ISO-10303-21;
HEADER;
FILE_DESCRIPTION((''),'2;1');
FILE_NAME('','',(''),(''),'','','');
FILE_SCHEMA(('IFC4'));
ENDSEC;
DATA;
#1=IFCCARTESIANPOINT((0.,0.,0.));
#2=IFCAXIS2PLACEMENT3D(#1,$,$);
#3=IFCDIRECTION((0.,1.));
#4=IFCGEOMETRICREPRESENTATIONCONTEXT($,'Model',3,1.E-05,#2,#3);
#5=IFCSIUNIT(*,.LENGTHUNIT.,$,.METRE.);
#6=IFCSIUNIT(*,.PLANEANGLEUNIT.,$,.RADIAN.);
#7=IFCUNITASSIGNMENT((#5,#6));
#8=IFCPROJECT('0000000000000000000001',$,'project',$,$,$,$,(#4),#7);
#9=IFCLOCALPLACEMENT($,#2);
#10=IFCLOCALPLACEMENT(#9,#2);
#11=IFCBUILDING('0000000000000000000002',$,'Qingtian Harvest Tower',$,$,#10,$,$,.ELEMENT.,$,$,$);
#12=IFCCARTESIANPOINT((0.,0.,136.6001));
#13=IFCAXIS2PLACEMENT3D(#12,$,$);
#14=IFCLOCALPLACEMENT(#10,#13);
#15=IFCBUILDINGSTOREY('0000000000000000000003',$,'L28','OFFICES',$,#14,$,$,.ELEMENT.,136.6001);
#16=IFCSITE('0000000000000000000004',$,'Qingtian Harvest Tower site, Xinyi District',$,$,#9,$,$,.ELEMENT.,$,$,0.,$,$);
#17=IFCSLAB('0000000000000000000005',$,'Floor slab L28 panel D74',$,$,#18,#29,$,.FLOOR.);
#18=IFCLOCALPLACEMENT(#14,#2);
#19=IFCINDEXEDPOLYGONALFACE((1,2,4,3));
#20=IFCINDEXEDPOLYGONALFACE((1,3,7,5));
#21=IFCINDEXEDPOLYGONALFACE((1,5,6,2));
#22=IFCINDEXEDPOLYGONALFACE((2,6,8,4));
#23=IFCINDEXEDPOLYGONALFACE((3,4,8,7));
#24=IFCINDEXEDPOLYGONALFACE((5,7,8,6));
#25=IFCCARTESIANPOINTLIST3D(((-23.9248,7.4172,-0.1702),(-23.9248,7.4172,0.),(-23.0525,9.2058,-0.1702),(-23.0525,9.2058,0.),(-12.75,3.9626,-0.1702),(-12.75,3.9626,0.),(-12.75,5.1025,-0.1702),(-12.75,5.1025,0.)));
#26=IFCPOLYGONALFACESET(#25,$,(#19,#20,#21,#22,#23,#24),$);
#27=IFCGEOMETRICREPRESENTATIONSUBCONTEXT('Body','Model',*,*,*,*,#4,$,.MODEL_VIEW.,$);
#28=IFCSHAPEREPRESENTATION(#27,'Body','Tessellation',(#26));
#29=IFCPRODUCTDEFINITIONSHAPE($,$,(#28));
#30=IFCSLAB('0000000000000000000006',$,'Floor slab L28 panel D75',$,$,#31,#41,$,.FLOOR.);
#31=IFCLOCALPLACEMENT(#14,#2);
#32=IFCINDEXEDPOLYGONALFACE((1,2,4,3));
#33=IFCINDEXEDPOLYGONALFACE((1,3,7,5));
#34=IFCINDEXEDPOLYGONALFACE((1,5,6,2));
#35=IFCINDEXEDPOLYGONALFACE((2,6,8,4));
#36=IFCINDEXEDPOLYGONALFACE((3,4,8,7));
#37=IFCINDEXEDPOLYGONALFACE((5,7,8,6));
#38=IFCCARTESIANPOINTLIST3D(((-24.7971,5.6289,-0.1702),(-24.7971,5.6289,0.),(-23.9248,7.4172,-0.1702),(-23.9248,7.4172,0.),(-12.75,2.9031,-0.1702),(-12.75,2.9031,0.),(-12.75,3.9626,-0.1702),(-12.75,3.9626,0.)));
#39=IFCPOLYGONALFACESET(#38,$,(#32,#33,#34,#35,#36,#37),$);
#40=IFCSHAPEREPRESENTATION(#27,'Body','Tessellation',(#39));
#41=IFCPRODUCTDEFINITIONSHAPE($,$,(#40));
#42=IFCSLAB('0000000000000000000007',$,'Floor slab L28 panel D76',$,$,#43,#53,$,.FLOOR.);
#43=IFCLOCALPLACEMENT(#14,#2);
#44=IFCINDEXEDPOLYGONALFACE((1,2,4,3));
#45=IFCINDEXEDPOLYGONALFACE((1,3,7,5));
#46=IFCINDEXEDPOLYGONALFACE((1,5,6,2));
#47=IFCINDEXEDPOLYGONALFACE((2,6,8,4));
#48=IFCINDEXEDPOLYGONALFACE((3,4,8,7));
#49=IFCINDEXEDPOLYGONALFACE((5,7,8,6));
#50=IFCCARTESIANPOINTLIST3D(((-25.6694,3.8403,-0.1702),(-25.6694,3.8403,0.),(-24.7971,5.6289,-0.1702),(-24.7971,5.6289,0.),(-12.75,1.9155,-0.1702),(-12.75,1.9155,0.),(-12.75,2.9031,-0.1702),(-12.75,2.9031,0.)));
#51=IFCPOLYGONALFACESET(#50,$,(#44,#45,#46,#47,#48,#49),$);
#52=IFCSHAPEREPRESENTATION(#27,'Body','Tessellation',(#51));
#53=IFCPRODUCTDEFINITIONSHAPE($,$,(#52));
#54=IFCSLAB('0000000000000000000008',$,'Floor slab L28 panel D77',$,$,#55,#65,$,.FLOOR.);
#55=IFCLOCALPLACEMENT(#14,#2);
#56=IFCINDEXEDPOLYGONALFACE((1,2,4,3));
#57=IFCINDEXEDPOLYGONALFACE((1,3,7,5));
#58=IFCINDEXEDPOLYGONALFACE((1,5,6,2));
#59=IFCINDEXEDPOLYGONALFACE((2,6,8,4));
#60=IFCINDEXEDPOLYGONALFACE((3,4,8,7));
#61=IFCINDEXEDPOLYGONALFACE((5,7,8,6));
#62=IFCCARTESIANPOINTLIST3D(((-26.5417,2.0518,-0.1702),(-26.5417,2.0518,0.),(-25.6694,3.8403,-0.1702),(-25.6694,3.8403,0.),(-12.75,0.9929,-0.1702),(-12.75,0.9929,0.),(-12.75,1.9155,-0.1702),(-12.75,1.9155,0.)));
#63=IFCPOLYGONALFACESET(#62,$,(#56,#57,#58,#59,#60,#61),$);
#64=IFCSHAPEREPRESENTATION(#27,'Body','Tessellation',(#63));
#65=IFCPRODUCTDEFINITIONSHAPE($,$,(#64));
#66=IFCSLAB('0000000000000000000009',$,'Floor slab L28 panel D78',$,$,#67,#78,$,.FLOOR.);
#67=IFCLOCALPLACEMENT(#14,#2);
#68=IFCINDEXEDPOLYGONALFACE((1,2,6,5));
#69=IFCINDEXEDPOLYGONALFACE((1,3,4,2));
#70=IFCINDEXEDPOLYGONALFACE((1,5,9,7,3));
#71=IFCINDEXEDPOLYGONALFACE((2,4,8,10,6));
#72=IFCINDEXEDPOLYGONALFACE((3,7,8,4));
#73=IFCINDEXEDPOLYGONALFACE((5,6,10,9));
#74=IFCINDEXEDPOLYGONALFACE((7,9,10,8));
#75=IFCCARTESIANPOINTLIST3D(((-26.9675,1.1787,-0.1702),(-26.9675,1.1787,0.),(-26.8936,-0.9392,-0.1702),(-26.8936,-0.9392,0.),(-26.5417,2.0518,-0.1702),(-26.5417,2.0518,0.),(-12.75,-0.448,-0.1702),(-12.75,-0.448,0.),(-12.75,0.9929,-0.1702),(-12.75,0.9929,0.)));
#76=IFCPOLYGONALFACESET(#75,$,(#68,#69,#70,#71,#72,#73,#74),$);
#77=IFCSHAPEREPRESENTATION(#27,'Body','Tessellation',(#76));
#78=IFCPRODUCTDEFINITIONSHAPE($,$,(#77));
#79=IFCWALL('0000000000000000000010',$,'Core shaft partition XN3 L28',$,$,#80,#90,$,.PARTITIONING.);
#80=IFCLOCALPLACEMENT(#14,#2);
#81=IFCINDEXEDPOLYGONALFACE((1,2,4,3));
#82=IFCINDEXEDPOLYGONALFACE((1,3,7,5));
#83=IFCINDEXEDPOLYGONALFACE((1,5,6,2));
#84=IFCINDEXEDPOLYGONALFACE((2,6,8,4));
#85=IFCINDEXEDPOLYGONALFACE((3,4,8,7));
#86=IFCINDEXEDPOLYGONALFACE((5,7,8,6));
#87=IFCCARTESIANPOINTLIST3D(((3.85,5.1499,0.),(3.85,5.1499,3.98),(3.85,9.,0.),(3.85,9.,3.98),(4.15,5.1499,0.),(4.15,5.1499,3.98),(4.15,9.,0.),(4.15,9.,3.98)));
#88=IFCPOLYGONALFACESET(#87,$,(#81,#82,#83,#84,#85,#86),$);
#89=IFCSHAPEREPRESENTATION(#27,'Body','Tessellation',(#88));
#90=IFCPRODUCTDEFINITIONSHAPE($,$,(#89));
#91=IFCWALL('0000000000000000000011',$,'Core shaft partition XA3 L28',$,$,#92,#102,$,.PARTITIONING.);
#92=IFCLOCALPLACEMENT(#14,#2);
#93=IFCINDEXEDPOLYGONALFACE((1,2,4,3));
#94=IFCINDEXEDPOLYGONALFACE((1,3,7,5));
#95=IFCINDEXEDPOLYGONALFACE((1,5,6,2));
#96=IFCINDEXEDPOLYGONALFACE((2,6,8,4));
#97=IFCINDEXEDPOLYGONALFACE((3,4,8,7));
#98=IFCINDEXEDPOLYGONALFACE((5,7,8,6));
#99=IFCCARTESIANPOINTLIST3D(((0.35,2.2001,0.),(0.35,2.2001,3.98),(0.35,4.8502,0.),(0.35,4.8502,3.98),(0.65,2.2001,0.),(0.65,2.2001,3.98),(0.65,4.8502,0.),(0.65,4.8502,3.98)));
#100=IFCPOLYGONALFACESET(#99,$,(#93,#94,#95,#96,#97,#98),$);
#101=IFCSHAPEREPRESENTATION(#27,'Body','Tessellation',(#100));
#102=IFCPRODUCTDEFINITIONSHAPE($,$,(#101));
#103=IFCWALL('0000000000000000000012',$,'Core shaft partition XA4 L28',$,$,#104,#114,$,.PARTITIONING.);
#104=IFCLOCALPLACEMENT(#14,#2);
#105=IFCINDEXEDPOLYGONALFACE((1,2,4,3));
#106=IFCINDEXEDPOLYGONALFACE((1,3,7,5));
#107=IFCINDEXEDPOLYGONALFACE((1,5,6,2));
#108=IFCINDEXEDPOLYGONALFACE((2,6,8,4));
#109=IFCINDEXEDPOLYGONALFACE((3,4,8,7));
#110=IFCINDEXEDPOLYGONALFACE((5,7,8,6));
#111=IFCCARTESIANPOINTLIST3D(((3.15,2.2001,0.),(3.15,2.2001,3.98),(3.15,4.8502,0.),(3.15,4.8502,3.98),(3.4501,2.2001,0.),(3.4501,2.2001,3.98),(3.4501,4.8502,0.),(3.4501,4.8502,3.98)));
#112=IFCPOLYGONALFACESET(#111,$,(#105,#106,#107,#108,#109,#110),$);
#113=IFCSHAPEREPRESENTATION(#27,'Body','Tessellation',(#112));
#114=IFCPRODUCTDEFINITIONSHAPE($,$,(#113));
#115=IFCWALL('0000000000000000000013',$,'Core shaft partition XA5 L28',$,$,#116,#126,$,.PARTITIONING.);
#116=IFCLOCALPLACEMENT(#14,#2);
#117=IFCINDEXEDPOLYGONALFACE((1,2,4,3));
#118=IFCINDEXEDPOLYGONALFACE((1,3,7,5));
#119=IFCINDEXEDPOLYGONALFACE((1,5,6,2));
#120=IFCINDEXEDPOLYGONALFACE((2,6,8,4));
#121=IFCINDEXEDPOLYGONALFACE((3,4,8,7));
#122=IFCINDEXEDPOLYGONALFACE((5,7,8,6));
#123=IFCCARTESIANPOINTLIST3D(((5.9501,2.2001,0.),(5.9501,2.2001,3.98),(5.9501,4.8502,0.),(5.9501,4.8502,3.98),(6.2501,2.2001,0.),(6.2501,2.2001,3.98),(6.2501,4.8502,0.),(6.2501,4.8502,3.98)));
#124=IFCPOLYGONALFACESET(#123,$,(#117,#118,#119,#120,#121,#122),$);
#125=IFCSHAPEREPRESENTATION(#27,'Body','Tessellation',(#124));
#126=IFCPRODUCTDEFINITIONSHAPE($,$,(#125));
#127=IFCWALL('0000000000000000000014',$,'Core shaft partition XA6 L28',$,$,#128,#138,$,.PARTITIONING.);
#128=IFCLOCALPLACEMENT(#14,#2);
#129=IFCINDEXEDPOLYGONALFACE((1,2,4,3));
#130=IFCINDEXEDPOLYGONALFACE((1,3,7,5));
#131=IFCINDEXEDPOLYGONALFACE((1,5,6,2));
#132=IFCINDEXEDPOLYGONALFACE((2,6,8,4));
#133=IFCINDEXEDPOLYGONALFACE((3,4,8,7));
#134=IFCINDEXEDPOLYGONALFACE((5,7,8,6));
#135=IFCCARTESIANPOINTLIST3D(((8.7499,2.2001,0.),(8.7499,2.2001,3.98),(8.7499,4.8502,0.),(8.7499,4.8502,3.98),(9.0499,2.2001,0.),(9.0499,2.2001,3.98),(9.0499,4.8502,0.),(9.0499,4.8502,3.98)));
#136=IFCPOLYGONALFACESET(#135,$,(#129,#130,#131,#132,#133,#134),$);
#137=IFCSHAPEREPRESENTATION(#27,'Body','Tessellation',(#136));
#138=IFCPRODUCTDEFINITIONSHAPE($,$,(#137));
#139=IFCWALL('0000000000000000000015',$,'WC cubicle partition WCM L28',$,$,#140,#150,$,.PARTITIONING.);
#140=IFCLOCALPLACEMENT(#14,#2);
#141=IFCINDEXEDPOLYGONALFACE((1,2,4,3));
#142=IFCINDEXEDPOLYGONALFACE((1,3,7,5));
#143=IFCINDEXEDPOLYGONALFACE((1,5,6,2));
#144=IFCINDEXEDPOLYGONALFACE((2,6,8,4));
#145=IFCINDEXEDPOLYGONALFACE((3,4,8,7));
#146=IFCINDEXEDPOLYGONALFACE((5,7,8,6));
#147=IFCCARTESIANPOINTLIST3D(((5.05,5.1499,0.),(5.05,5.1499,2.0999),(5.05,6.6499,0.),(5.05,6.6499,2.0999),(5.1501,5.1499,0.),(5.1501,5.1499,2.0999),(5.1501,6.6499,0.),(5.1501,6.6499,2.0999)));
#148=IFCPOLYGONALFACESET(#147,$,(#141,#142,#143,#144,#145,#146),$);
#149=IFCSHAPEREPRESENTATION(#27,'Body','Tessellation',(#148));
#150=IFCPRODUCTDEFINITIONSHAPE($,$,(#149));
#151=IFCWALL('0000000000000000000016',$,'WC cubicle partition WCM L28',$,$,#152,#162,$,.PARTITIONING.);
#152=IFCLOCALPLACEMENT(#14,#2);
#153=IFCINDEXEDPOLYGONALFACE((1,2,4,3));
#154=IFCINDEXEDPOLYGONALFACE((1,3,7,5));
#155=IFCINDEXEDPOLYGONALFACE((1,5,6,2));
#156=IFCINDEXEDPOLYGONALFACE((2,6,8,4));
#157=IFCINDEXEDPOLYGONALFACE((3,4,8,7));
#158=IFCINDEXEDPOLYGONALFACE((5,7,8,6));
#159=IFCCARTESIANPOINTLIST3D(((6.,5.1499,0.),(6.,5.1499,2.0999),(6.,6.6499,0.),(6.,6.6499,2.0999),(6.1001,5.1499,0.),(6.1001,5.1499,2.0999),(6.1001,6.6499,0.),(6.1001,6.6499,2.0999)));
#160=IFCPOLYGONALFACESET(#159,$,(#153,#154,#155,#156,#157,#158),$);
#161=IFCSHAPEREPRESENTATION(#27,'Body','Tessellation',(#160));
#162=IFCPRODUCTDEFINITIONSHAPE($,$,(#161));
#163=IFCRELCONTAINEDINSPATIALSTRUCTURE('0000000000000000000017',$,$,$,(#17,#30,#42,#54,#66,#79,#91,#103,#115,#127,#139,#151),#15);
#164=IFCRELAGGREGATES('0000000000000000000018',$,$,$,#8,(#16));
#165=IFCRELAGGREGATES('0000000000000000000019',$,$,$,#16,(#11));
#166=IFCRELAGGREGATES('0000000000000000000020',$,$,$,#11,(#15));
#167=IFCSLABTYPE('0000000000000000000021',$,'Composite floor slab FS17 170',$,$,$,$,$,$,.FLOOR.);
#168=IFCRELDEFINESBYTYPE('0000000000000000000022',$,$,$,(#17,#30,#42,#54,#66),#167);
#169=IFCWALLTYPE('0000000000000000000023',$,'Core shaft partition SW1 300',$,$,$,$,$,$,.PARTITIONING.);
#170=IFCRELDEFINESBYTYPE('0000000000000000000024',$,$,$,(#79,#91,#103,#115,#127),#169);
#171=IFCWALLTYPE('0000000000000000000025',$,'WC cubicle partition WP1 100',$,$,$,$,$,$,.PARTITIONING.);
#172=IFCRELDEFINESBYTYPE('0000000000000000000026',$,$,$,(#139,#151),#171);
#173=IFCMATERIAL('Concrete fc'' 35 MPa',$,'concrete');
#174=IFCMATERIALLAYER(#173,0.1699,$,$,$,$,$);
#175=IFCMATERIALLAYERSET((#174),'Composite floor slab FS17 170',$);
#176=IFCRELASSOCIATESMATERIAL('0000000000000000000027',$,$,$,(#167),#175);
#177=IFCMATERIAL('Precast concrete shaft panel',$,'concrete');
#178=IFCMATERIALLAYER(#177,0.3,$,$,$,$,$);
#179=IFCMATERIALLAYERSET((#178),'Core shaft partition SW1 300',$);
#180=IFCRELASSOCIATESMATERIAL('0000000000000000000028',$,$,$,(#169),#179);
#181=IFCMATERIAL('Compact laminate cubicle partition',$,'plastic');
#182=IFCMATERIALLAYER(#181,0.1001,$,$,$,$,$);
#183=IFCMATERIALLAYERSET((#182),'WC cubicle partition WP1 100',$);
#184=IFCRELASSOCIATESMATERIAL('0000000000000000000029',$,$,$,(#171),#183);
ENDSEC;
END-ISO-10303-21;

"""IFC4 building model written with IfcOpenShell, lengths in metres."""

from ifc_helpers import new_model, si_unit, direction, frame, frame_2d, origin, place, context, subcontext, project, spatial, polyline, rectangle, outline, extrude, material, layer, layer_set, type_object, element, save


model = new_model("IFC4")

# Units and contexts
model_context = context("Model", 3, precision=1e-05, world=origin(), true_north=direction((0.0, 1.0)))
body_context = subcontext(model_context, "Body", "Model", "MODEL_VIEW")
ifc_project = project(units=[si_unit("LENGTHUNIT", "METRE"), si_unit("PLANEANGLEUNIT", "RADIAN")], contexts=[model_context])

# Site, building, storey
site_placement = place(None, origin())
site = spatial("IfcSite", under=ifc_project, at=site_placement, Name="Qingtian Harvest Tower site, Xinyi District", CompositionType="ELEMENT", RefElevation=0.0)
building_placement = place(site_placement, origin())
building = spatial("IfcBuilding", under=site, at=building_placement, Name="Qingtian Harvest Tower", CompositionType="ELEMENT")
storey_placement = place(building_placement, frame((0.0, 0.0, 136.6001)))
storey = spatial("IfcBuildingStorey", under=building, at=storey_placement, Name="L28", Description="OFFICES", CompositionType="ELEMENT", Elevation=136.6001)

# Slabs
ifc_material_1 = material(Name="Concrete fc' 35 MPa", Category="concrete")
ifc_layer_1 = layer(ifc_material_1, 0.1699)
ifc_layer_set_1 = layer_set([ifc_layer_1], Name="Composite floor slab FS17 170")
slab_type = type_object("IfcSlabType", Name="Composite floor slab FS17 170", PredefinedType="FLOOR", material=ifc_layer_set_1)
slab_1_placement = place(storey_placement, frame((0.0, 0.0, -0.1702)))
element("IfcSlab", 1, at=slab_1_placement, inside=storey, type_object=slab_type, Name="Floor slab L28 panel D74", PredefinedType="FLOOR", context=body_context, shape_type="SweptSolid", body=[
    extrude(outline(polyline([(-12.75, 3.9626), (-23.9248, 7.4172), (-23.0525, 9.2058), (-12.75, 5.1025), (-12.75, 3.9626)])), origin(), (0.0, 0.0, 1.0), 0.1702),
])
slab_2_placement = place(storey_placement, frame((0.0, 0.0, -0.1702)))
element("IfcSlab", 2, at=slab_2_placement, inside=storey, type_object=slab_type, Name="Floor slab L28 panel D75", PredefinedType="FLOOR", context=body_context, shape_type="SweptSolid", body=[
    extrude(outline(polyline([(-12.75, 2.9031), (-24.7971, 5.6289), (-23.9248, 7.4172), (-12.75, 3.9626), (-12.75, 2.9031)])), origin(), (0.0, 0.0, 1.0), 0.1702),
])
slab_3_placement = place(storey_placement, frame((0.0, 0.0, -0.1702)))
element("IfcSlab", 3, at=slab_3_placement, inside=storey, type_object=slab_type, Name="Floor slab L28 panel D76", PredefinedType="FLOOR", context=body_context, shape_type="SweptSolid", body=[
    extrude(outline(polyline([(-12.75, 1.9155), (-25.6694, 3.8403), (-24.7971, 5.6289), (-12.75, 2.9031), (-12.75, 1.9155)])), origin(), (0.0, 0.0, 1.0), 0.1702),
])
slab_4_placement = place(storey_placement, frame((0.0, 0.0, -0.1702)))
element("IfcSlab", 4, at=slab_4_placement, inside=storey, type_object=slab_type, Name="Floor slab L28 panel D77", PredefinedType="FLOOR", context=body_context, shape_type="SweptSolid", body=[
    extrude(outline(polyline([(-12.75, 0.9929), (-26.5417, 2.0518), (-25.6694, 3.8403), (-12.75, 1.9155), (-12.75, 0.9929)])), origin(), (0.0, 0.0, 1.0), 0.1702),
])
slab_5_placement = place(storey_placement, frame((0.0, 0.0, -0.1702)))
element("IfcSlab", 5, at=slab_5_placement, inside=storey, type_object=slab_type, Name="Floor slab L28 panel D78", PredefinedType="FLOOR", context=body_context, shape_type="SweptSolid", body=[
    extrude(outline(polyline([(-12.75, 0.9929), (-12.75, -0.448), (-26.8936, -0.9392), (-26.9675, 1.1787), (-26.5417, 2.0518), (-12.75, 0.9929)])), origin(), (0.0, 0.0, 1.0), 0.1702),
])

# Shared definitions
ifc_material_2 = material(Name="Precast concrete shaft panel", Category="concrete")
ifc_layer_2 = layer(ifc_material_2, 0.3)
ifc_layer_set_2 = layer_set([ifc_layer_2], Name="Core shaft partition SW1 300")
wall_type_1 = type_object("IfcWallType", Name="Core shaft partition SW1 300", PredefinedType="PARTITIONING", material=ifc_layer_set_2)

# Walls
wall_1_placement = place(storey_placement, frame((4.0, 5.1499, 0.0), z_axis=(0.0, 0.0, 1.0), x_axis=(0.0, 1.0, 0.0)))
element("IfcWall", 6, at=wall_1_placement, inside=storey, type_object=wall_type_1, Name="Core shaft partition XN3 L28", PredefinedType="PARTITIONING", context=body_context, shape_type="SweptSolid", body=[
    extrude(rectangle(XDim=3.8501, YDim=0.3, at=frame_2d((1.925, 0.0))), origin(), (0.0, 0.0, 1.0), 3.98),
])
for number, where, z_axis, x_axis, name in (
    (7, (0.5, 2.2, 0.0), (0.0, 0.0, 1.0), (0.0, 1.0, 0.0), "Core shaft partition XA3 L28"),
    (8, (3.3, 2.2, 0.0), (0.0, 0.0, 1.0), (0.0, 1.0, 0.0), "Core shaft partition XA4 L28"),
    (9, (6.1001, 2.2, 0.0), (0.0, 0.0, 1.0), (0.0, 1.0, 0.0), "Core shaft partition XA5 L28"),
    (10, (8.8999, 2.2, 0.0), (0.0, 0.0, 1.0), (0.0, 1.0, 0.0), "Core shaft partition XA6 L28"),
):
    element("IfcWall", number, at=place(storey_placement, frame(where, z_axis=z_axis, x_axis=x_axis)), inside=storey, type_object=wall_type_1, Name=name, PredefinedType="PARTITIONING", context=body_context, shape_type="SweptSolid", body=[
        extrude(rectangle(XDim=2.6501, YDim=0.3, at=frame_2d((1.3252, 0.0))), origin(), (0.0, 0.0, 1.0), 3.98),
    ])

# Walls
ifc_material_3 = material(Name="Compact laminate cubicle partition", Category="plastic")
ifc_layer_3 = layer(ifc_material_3, 0.1001)
ifc_layer_set_3 = layer_set([ifc_layer_3], Name="WC cubicle partition WP1 100")
wall_type_2 = type_object("IfcWallType", Name="WC cubicle partition WP1 100", PredefinedType="PARTITIONING", material=ifc_layer_set_3)
for number, where, z_axis, x_axis, name in (
    (11, (5.1001, 5.1499, 0.0), (0.0, 0.0, 1.0), (0.0, 1.0, 0.0), "WC cubicle partition WCM L28"),
    (12, (6.05, 5.1499, 0.0), (0.0, 0.0, 1.0), (0.0, 1.0, 0.0), "WC cubicle partition WCM L28"),
):
    element("IfcWall", number, at=place(storey_placement, frame(where, z_axis=z_axis, x_axis=x_axis)), inside=storey, type_object=wall_type_2, Name=name, PredefinedType="PARTITIONING", context=body_context, shape_type="SweptSolid", body=[
        extrude(rectangle(XDim=1.5, YDim=0.1001, at=frame_2d((0.75, 0.0))), origin(), (0.0, 0.0, 1.0), 2.0999),
    ])

save(model, "model.ifc")
